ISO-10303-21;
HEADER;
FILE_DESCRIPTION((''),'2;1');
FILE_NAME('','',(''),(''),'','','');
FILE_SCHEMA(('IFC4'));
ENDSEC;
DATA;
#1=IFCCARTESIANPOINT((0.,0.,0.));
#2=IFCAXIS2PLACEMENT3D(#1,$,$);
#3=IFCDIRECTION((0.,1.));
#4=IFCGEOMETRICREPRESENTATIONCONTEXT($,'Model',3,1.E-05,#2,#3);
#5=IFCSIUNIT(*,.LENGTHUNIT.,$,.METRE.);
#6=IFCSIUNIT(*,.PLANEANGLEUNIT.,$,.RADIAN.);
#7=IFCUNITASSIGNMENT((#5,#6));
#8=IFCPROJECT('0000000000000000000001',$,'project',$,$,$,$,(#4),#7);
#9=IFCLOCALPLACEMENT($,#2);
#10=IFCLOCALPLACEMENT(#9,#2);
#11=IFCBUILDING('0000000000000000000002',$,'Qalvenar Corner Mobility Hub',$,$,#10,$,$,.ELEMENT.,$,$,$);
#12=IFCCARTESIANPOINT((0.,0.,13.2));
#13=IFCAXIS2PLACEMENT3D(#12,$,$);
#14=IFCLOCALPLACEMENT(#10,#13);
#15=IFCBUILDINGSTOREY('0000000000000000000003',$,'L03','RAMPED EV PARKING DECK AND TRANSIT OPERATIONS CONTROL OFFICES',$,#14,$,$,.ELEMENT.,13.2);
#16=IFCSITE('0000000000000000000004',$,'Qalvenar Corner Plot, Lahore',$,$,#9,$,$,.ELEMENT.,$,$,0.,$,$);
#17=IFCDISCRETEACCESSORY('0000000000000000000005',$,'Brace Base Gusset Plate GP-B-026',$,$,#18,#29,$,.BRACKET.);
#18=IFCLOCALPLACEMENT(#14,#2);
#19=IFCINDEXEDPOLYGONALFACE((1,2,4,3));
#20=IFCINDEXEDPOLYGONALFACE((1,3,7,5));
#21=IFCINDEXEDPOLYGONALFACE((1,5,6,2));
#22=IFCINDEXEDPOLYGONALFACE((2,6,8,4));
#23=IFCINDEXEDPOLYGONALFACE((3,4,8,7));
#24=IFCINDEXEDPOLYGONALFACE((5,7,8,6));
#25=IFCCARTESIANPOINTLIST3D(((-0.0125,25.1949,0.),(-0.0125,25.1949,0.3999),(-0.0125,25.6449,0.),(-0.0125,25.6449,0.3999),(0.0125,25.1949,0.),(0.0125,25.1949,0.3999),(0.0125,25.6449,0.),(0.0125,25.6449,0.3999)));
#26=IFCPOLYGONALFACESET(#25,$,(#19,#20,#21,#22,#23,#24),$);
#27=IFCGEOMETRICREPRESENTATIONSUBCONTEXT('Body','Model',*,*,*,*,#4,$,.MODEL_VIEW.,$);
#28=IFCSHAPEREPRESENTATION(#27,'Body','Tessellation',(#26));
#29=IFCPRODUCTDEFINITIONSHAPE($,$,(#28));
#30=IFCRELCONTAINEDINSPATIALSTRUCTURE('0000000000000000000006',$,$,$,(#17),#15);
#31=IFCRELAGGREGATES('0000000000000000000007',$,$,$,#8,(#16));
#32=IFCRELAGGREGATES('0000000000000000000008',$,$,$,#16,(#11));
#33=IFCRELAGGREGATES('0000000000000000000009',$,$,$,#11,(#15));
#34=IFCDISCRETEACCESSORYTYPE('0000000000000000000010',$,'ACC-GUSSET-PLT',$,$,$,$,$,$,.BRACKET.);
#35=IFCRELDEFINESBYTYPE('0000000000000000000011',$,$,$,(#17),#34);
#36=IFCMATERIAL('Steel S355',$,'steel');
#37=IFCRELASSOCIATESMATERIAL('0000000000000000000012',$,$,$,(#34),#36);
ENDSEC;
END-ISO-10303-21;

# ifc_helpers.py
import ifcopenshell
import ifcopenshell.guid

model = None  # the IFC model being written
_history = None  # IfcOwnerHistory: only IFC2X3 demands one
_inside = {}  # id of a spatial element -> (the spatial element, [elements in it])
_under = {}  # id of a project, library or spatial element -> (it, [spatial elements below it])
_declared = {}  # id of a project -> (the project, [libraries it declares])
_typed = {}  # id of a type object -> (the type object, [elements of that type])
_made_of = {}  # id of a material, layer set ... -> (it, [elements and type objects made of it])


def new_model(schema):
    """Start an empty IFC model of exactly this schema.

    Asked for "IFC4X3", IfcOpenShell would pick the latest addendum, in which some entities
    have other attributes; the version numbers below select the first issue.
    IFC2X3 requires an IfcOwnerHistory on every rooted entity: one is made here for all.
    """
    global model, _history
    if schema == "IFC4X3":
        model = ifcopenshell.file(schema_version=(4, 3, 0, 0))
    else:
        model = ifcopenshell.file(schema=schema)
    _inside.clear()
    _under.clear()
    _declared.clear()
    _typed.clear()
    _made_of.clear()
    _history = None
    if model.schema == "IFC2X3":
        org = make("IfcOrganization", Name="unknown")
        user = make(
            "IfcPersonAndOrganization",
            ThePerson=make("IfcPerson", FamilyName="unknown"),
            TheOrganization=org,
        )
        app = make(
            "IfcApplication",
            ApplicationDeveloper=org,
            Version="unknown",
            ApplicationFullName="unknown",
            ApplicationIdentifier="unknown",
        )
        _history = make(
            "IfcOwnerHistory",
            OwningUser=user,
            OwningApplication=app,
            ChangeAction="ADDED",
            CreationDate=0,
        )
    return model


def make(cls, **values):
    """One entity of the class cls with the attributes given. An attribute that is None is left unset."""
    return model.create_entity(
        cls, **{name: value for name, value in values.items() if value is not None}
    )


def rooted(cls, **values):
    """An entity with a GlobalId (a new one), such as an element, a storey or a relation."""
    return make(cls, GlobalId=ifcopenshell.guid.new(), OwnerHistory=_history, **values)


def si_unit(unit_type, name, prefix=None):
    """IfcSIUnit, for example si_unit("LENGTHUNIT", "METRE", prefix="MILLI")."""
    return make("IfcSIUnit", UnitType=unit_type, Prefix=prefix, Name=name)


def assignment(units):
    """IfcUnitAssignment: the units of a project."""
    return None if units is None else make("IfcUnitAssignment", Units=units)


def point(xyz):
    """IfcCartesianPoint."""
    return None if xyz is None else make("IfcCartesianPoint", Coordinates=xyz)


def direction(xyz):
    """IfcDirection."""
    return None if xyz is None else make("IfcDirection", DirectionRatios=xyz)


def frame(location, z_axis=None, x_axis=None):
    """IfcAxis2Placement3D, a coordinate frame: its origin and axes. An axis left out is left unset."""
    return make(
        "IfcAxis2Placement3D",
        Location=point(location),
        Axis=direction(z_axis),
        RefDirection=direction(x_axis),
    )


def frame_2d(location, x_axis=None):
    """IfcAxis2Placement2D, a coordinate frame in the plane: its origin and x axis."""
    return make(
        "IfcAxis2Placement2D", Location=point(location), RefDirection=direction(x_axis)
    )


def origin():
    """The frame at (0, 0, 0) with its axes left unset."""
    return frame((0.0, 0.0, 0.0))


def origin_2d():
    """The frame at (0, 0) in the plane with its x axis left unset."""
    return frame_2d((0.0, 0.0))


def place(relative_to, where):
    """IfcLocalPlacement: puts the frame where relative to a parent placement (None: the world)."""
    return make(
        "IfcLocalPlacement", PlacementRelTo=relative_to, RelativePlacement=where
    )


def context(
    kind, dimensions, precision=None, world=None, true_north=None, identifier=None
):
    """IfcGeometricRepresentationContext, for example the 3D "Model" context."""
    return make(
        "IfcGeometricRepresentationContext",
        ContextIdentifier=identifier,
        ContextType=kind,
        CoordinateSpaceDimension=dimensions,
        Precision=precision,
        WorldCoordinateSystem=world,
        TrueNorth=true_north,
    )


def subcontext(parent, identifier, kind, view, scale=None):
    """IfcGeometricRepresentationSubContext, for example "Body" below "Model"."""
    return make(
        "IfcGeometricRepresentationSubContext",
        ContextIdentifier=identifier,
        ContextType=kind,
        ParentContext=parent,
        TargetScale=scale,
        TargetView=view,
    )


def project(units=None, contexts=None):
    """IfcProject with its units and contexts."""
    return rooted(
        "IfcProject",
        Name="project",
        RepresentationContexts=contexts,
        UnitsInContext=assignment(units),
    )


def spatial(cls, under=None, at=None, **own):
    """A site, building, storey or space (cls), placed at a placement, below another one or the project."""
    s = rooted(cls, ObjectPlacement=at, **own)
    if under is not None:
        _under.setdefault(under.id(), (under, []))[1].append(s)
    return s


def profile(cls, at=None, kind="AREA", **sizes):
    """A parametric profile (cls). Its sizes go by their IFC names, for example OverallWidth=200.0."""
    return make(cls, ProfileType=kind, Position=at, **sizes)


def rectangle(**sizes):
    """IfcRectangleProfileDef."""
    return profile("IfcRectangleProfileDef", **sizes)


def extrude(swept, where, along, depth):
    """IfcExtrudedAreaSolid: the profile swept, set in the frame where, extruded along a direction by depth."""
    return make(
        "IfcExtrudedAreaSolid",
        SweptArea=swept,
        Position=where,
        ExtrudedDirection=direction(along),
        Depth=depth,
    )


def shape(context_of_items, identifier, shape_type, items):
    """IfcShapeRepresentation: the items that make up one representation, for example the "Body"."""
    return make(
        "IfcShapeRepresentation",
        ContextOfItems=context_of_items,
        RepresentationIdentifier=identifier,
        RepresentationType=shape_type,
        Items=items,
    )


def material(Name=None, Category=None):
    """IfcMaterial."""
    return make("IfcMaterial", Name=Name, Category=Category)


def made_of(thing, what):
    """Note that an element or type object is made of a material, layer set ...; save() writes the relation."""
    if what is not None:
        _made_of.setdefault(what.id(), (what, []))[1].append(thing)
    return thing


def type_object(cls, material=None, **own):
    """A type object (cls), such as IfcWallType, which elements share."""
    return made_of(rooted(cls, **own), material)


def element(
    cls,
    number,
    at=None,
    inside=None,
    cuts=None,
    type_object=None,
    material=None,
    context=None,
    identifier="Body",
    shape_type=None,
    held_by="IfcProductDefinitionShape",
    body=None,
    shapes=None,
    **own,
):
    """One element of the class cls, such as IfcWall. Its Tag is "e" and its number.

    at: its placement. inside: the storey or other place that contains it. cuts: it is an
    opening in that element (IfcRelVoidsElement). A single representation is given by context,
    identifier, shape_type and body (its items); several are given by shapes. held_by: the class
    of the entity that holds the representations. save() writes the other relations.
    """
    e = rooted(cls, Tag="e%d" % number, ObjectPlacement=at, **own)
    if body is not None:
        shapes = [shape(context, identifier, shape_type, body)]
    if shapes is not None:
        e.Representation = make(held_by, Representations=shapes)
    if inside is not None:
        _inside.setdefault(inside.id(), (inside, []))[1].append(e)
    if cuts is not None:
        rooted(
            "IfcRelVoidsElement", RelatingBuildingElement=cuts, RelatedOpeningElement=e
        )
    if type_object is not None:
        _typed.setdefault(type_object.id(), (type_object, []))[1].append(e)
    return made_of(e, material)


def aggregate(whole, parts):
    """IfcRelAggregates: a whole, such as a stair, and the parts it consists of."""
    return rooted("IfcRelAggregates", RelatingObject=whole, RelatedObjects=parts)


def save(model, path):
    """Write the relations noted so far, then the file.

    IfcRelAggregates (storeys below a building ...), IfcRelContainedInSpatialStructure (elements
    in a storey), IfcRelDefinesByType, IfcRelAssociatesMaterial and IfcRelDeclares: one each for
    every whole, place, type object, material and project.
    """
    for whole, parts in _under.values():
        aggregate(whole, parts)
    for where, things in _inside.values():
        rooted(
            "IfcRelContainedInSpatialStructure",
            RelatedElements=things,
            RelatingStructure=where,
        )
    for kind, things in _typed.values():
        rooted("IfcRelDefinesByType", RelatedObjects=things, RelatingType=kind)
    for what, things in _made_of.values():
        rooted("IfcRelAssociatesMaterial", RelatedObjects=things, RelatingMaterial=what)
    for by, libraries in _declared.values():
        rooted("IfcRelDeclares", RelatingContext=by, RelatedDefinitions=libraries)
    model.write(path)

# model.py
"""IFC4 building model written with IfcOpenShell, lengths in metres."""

from ifc_helpers import new_model, si_unit, direction, frame, origin, origin_2d, place, context, subcontext, project, spatial, rectangle, extrude, material, type_object, element, save


model = new_model("IFC4")

# Units and contexts
model_context = context("Model", 3, precision=1e-05, world=origin(), true_north=direction((0.0, 1.0)))
body_context = subcontext(model_context, "Body", "Model", "MODEL_VIEW")
ifc_project = project(units=[si_unit("LENGTHUNIT", "METRE"), si_unit("PLANEANGLEUNIT", "RADIAN")], contexts=[model_context])

# Site, building, storey
site_placement = place(None, origin())
site = spatial("IfcSite", under=ifc_project, at=site_placement, Name="Qalvenar Corner Plot, Lahore", CompositionType="ELEMENT", RefElevation=0.0)
building_placement = place(site_placement, origin())
building = spatial("IfcBuilding", under=site, at=building_placement, Name="Qalvenar Corner Mobility Hub", CompositionType="ELEMENT")
storey_placement = place(building_placement, frame((0.0, 0.0, 13.2)))
storey = spatial("IfcBuildingStorey", under=building, at=storey_placement, Name="L03", Description="RAMPED EV PARKING DECK AND TRANSIT OPERATIONS CONTROL OFFICES", CompositionType="ELEMENT", Elevation=13.2)

# Shared definitions
ifc_material_1 = material(Name="Steel S355", Category="steel")

# Discrete accessory
discrete_accessory_type = type_object("IfcDiscreteAccessoryType", Name="ACC-GUSSET-PLT", PredefinedType="BRACKET", material=ifc_material_1)
discrete_accessory_placement = place(storey_placement, frame((0.0, 25.4199, 0.0), z_axis=(0.0, 0.0, 1.0), x_axis=(0.0, 1.0, 0.0)))
element("IfcDiscreteAccessory", 1, at=discrete_accessory_placement, inside=storey, type_object=discrete_accessory_type, Name="Brace Base Gusset Plate GP-B-026", PredefinedType="BRACKET", context=body_context, shape_type="SweptSolid", body=[
    extrude(rectangle(XDim=0.45, YDim=0.0249, at=origin_2d()), origin(), (0.0, 0.0, 1.0), 0.3999),
])

save(model, "model.ifc")
